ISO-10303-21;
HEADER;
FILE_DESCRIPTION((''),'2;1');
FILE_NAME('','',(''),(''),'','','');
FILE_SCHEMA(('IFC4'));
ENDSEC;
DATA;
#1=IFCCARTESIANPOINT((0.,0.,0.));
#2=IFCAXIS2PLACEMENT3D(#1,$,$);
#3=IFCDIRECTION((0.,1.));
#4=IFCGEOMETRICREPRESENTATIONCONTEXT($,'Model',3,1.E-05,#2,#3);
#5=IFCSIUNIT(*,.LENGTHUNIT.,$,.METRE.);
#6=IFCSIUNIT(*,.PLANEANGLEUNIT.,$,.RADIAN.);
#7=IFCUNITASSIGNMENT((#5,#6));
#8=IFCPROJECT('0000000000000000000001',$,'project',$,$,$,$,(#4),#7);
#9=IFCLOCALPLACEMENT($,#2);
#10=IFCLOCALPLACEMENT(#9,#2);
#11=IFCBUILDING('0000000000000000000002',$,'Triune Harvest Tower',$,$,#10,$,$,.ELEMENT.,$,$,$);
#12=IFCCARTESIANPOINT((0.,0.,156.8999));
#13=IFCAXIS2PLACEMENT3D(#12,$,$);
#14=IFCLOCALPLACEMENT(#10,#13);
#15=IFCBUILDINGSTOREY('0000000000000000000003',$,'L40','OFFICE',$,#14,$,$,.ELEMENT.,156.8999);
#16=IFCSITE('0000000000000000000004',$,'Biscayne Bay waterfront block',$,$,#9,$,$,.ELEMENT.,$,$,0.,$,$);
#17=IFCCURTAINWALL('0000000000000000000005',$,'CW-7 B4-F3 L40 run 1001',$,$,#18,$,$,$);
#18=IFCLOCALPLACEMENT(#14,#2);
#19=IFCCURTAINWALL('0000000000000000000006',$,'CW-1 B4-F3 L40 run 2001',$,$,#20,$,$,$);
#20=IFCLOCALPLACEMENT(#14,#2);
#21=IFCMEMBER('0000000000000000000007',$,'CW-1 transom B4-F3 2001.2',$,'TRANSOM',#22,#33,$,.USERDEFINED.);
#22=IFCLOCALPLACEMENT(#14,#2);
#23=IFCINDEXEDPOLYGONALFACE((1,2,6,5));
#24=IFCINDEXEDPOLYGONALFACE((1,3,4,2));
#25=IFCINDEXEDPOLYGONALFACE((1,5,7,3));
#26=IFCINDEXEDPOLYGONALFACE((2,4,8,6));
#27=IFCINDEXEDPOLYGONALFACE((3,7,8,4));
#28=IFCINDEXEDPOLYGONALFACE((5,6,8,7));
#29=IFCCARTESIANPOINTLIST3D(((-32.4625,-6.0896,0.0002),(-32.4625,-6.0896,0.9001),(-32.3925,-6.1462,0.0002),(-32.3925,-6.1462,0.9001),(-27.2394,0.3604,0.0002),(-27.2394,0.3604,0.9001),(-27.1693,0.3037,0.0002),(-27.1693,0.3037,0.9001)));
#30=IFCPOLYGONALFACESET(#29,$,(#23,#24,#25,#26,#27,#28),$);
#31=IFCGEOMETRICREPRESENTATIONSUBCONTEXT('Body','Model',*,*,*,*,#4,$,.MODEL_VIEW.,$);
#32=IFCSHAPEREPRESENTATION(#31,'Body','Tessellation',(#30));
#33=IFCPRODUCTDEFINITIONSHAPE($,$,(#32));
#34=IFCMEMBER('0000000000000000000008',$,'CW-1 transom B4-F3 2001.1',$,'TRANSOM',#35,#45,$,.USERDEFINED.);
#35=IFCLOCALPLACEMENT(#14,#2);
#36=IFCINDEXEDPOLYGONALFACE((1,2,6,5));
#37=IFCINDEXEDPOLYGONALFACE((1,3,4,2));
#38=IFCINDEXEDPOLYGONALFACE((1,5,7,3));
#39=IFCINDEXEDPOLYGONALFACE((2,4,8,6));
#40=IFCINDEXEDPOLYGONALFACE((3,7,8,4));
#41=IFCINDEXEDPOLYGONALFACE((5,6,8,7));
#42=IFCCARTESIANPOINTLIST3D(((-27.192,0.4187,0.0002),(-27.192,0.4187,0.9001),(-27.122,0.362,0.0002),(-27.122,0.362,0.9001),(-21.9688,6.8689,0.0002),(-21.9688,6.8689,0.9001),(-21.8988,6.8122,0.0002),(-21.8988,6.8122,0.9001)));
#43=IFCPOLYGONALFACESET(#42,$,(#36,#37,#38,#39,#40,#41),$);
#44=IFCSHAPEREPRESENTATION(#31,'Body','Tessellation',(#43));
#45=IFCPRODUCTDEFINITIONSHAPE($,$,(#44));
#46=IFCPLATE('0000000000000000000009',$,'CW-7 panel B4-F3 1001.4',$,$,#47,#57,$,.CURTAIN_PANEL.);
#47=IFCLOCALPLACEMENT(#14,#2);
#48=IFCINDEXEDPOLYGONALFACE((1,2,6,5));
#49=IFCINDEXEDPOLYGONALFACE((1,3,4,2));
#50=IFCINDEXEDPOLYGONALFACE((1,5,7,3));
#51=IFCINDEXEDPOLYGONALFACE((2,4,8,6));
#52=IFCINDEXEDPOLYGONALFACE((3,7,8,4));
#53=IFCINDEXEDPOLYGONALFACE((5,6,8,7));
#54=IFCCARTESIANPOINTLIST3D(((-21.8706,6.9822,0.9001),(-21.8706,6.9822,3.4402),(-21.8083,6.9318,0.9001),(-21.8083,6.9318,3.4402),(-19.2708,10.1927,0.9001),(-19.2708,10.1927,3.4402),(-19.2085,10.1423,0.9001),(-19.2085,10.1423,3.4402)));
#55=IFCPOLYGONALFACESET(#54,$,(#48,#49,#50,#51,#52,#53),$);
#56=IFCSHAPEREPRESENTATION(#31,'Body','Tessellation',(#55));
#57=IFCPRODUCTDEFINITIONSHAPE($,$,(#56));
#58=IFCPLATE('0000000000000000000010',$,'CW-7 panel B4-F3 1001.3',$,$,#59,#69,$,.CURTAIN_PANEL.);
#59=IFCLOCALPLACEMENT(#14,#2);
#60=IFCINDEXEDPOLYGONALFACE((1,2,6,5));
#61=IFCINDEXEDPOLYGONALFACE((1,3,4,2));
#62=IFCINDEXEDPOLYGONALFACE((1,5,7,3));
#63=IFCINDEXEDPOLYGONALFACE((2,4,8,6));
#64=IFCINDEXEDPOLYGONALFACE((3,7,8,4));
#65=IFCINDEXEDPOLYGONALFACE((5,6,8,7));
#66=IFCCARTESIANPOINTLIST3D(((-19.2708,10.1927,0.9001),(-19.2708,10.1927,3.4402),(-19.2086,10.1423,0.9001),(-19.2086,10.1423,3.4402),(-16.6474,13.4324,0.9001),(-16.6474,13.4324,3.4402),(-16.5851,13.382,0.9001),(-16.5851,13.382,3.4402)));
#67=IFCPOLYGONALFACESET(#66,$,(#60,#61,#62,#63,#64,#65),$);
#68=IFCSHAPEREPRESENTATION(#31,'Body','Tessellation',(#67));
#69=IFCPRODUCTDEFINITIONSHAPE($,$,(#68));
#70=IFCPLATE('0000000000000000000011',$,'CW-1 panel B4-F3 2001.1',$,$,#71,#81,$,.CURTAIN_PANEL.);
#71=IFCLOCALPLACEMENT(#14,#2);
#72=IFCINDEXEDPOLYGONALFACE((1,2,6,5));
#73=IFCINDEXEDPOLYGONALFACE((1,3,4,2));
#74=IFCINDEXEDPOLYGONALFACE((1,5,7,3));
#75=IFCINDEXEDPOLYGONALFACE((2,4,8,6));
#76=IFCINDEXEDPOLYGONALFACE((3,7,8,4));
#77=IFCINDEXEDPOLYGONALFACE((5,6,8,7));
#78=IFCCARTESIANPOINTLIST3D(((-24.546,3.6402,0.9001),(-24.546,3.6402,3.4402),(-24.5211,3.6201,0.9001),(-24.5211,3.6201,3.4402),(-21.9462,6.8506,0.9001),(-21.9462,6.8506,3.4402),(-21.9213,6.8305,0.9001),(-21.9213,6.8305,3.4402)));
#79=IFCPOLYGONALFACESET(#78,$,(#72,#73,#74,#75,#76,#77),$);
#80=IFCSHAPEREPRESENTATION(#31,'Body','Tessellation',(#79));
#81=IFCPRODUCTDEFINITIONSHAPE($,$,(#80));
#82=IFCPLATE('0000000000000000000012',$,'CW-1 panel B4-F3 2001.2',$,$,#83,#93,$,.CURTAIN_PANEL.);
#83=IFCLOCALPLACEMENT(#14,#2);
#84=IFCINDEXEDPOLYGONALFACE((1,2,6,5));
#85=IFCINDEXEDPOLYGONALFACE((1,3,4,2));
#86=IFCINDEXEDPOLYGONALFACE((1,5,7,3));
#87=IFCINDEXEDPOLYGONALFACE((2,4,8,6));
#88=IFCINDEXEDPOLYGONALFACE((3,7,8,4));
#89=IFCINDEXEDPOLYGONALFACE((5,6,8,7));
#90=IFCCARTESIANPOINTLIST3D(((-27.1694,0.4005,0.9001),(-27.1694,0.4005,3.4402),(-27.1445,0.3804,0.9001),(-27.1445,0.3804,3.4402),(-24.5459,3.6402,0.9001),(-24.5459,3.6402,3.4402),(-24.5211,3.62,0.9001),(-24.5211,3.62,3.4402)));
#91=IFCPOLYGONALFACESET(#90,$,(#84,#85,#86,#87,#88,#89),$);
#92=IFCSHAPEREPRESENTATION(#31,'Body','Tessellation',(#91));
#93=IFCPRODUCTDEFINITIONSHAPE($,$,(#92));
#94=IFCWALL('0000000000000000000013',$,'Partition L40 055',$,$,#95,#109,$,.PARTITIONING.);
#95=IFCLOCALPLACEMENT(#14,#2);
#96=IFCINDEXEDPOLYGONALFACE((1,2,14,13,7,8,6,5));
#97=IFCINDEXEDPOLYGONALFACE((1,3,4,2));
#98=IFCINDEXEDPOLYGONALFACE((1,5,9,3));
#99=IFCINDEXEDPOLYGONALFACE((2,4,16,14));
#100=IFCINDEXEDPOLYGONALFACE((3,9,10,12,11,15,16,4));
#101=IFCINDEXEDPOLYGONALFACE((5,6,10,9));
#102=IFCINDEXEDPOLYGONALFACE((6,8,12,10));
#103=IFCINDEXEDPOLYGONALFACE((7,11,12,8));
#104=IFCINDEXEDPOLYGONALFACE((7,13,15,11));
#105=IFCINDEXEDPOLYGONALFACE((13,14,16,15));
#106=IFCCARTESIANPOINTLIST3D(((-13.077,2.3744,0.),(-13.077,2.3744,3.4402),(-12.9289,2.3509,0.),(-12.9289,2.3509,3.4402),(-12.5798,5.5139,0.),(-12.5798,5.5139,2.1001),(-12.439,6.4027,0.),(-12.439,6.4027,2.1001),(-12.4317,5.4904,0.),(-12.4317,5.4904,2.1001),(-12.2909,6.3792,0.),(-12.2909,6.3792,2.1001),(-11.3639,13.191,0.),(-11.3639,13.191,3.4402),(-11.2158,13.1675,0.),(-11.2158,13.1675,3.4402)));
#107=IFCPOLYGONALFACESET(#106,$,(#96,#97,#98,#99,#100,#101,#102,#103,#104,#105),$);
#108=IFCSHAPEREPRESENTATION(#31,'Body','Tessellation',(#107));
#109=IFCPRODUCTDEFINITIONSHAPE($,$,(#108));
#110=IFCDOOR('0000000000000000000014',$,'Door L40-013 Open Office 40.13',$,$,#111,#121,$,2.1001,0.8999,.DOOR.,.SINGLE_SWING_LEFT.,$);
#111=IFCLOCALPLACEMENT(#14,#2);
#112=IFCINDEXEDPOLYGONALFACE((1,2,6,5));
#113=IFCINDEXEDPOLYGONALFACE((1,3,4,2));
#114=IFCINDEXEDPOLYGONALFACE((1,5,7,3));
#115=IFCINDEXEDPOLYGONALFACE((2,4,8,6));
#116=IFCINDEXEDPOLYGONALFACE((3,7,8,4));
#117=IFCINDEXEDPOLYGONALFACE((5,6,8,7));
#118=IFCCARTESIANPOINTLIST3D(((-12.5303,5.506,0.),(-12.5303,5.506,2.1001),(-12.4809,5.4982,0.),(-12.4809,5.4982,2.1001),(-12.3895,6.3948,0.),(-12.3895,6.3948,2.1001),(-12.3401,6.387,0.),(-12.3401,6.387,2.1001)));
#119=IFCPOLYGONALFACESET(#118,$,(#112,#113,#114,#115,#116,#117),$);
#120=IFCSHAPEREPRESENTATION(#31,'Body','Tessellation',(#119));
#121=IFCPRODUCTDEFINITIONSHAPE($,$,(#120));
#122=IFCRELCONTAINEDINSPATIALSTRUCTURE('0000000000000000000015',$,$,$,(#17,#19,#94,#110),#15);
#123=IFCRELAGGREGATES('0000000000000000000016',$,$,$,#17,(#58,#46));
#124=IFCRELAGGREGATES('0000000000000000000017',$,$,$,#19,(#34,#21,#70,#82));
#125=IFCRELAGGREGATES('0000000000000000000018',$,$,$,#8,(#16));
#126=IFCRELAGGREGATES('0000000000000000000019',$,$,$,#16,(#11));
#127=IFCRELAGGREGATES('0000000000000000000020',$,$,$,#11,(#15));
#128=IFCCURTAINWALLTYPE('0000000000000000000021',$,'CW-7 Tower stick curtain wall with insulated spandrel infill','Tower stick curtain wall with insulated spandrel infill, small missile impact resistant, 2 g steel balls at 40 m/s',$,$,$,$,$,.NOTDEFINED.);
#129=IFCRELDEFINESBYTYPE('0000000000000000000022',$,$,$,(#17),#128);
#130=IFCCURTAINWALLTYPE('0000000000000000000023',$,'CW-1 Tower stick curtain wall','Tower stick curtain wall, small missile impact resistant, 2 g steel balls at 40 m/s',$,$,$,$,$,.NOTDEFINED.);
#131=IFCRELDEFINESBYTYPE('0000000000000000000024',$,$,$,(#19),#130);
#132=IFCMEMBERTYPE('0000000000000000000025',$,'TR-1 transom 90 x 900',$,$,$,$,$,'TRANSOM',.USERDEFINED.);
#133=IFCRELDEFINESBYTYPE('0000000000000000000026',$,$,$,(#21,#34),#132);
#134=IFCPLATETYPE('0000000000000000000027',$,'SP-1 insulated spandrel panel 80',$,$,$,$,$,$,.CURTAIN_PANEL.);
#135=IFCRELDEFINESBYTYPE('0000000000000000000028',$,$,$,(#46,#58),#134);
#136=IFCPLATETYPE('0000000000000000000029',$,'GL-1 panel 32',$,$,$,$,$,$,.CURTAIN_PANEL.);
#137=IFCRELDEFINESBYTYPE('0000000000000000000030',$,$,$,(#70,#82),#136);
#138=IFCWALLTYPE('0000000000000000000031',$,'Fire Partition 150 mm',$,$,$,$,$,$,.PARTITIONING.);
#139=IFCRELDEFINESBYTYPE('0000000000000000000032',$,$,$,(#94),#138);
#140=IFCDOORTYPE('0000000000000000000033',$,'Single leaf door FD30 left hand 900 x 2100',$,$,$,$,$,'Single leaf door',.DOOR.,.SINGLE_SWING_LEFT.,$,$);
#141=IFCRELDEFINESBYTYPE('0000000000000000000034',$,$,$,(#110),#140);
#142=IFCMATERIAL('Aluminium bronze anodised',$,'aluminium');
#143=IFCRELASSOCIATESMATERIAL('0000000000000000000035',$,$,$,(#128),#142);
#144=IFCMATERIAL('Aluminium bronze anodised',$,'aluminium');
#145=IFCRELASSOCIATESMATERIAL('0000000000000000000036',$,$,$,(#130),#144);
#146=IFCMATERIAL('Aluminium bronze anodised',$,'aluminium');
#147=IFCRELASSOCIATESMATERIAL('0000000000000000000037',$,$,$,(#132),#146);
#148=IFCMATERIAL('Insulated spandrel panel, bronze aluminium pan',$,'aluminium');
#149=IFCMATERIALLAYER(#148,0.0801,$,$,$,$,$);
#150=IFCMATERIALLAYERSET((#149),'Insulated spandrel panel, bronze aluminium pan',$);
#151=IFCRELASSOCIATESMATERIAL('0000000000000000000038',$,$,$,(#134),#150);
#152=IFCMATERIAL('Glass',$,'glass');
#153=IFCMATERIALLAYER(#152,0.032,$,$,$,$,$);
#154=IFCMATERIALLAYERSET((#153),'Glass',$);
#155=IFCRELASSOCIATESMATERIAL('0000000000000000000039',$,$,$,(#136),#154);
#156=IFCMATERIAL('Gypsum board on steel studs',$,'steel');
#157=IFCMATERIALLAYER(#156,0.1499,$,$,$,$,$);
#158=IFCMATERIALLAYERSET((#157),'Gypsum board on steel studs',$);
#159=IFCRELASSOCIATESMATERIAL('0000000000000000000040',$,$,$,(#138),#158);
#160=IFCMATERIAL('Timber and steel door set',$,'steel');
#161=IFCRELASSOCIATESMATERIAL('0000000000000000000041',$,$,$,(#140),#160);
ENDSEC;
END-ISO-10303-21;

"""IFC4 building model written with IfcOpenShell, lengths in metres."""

from ifc_helpers import new_model, si_unit, direction, frame, frame_2d, origin, origin_2d, place, context, subcontext, project, spatial, rectangle, extrude, source, transform, mapped, material, layer, layer_set, material_profile, profile_set, type_object, element, fill, aggregate, save


model = new_model("IFC4")

# Units and contexts
model_context = context("Model", 3, precision=1e-05, world=origin(), true_north=direction((0.0, 1.0)))
body_context = subcontext(model_context, "Body", "Model", "MODEL_VIEW")
ifc_project = project(units=[si_unit("LENGTHUNIT", "METRE"), si_unit("PLANEANGLEUNIT", "RADIAN")], contexts=[model_context])

# Site, building, storey
site_placement = place(None, origin())
site = spatial("IfcSite", under=ifc_project, at=site_placement, Name="Biscayne Bay waterfront block", CompositionType="ELEMENT", RefElevation=0.0)
building_placement = place(site_placement, origin())
building = spatial("IfcBuilding", under=site, at=building_placement, Name="Triune Harvest Tower", CompositionType="ELEMENT")
storey_placement = place(building_placement, frame((0.0, 0.0, 156.8999)))
storey = spatial("IfcBuildingStorey", under=building, at=storey_placement, Name="L40", Description="OFFICE", CompositionType="ELEMENT", Elevation=156.8999)

# Curtain wall
ifc_material_1 = material(Name="Aluminium bronze anodised", Category="aluminium")
curtain_wall_type_1 = type_object("IfcCurtainWallType", Name="CW-7 Tower stick curtain wall with insulated spandrel infill", Description="Tower stick curtain wall with insulated spandrel infill, small missile impact resistant, 2 g steel balls at 40 m/s", PredefinedType="NOTDEFINED", material=ifc_material_1)
curtain_wall_1_placement = place(storey_placement, origin())
curtain_wall_1 = element("IfcCurtainWall", 1, at=curtain_wall_1_placement, inside=storey, type_object=curtain_wall_type_1, Name="CW-7 B4-F3 L40 run 1001")

# Curtain wall, members
ifc_material_2 = material(Name="Aluminium bronze anodised", Category="aluminium")
curtain_wall_type_2 = type_object("IfcCurtainWallType", Name="CW-1 Tower stick curtain wall", Description="Tower stick curtain wall, small missile impact resistant, 2 g steel balls at 40 m/s", PredefinedType="NOTDEFINED", material=ifc_material_2)
curtain_wall_2_placement = place(storey_placement, origin())
curtain_wall_2 = element("IfcCurtainWall", 2, at=curtain_wall_2_placement, inside=storey, type_object=curtain_wall_type_2, Name="CW-1 B4-F3 L40 run 2001")
ifc_material_3 = material(Name="Aluminium bronze anodised", Category="aluminium")
ifc_material_profile_1 = material_profile(ifc_material_3, rectangle(XDim=0.0901, YDim=0.8999, at=origin_2d()), Name="TR-1 transom 90 x 900")
ifc_profile_set_1 = profile_set([ifc_material_profile_1], Name="Aluminium bronze anodised")
member_type_1 = type_object("IfcMemberType", Name="TR-1 transom 90 x 900", ElementType="TRANSOM", PredefinedType="USERDEFINED", material=ifc_profile_set_1)
shared_shape_1 = source(origin(), body_context, "Body", "SweptSolid", [
    extrude(rectangle(XDim=0.0901, YDim=0.8999, at=origin_2d()), origin(), (0.0, 0.0, 1.0), 8.2996),
])
member_1_placement = place(storey_placement, frame((-27.2043, 0.332, 0.4502), z_axis=(-0.629326, -0.777141, 0.0), x_axis=(0.777141, -0.629326, 0.0)))
member_1 = element("IfcMember", 3, at=member_1_placement, type_object=member_type_1, Name="CW-1 transom B4-F3 2001.2", ObjectType="TRANSOM", PredefinedType="USERDEFINED", context=body_context, shape_type="MappedRepresentation", body=[
    mapped(shared_shape_1, transform((0.0, 0.0, 0.0), scale=1.0)),
])
shared_shape_2 = source(origin(), body_context, "Body", "SweptSolid", [
    extrude(rectangle(XDim=0.0901, YDim=0.8999, at=origin_2d()), origin(), (0.0, 0.0, 1.0), 8.2998),
])
member_2_placement = place(storey_placement, frame((-21.9338, 6.8406, 0.4502), z_axis=(-0.629312, -0.777153, 0.0), x_axis=(0.777153, -0.629312, 0.0)))
member_2 = element("IfcMember", 4, at=member_2_placement, type_object=member_type_1, Name="CW-1 transom B4-F3 2001.1", ObjectType="TRANSOM", PredefinedType="USERDEFINED", context=body_context, shape_type="MappedRepresentation", body=[
    mapped(shared_shape_2, transform((0.0, 0.0, 0.0), scale=1.0)),
])

# Plates
ifc_material_4 = material(Name="Insulated spandrel panel, bronze aluminium pan", Category="aluminium")
ifc_layer_1 = layer(ifc_material_4, 0.0801)
ifc_layer_set_1 = layer_set([ifc_layer_1], Name="Insulated spandrel panel, bronze aluminium pan")
plate_type_1 = type_object("IfcPlateType", Name="SP-1 insulated spandrel panel 80", PredefinedType="CURTAIN_PANEL", material=ifc_layer_set_1)
shared_shape_3 = source(origin(), body_context, "Body", "SweptSolid", [
    extrude(rectangle(XDim=4.1311, YDim=0.0801, at=origin_2d()), origin(), (0.0, 0.0, 1.0), 2.54),
])
plate_1_placement = place(storey_placement, frame((-20.5396, 8.5623, 0.9001), z_axis=(0.0, 0.0, 1.0), x_axis=(-0.629317, -0.777149, 0.0)))
plate_1 = element("IfcPlate", 5, at=plate_1_placement, type_object=plate_type_1, Name="CW-7 panel B4-F3 1001.4", PredefinedType="CURTAIN_PANEL", context=body_context, shape_type="MappedRepresentation", body=[
    mapped(shared_shape_3, transform((0.0, 0.0, 0.0), scale=1.0)),
])
shared_shape_4 = source(origin(), body_context, "Body", "SweptSolid", [
    extrude(rectangle(XDim=4.1687, YDim=0.0801, at=origin_2d()), origin(), (0.0, 0.0, 1.0), 2.54),
])
plate_2_placement = place(storey_placement, frame((-17.928, 11.7874, 0.9001), z_axis=(0.0, 0.0, 1.0), x_axis=(-0.629317, -0.777149, 0.0)))
plate_2 = element("IfcPlate", 6, at=plate_2_placement, type_object=plate_type_1, Name="CW-7 panel B4-F3 1001.3", PredefinedType="CURTAIN_PANEL", context=body_context, shape_type="MappedRepresentation", body=[
    mapped(shared_shape_4, transform((0.0, 0.0, 0.0), scale=1.0)),
])
aggregate(curtain_wall_1, [plate_2, plate_1])
ifc_material_5 = material(Name="Glass", Category="glass")
ifc_layer_2 = layer(ifc_material_5, 0.032)
ifc_layer_set_2 = layer_set([ifc_layer_2], Name="Glass")
plate_type_2 = type_object("IfcPlateType", Name="GL-1 panel 32", PredefinedType="CURTAIN_PANEL", material=ifc_layer_set_2)
shared_shape_5 = source(origin(), body_context, "Body", "SweptSolid", [
    extrude(rectangle(XDim=4.1311, YDim=0.032, at=origin_2d()), origin(), (0.0, 0.0, 1.0), 2.54),
])
plate_3_placement = place(storey_placement, frame((-23.2336, 5.2354, 0.9001), z_axis=(0.0, 0.0, 1.0), x_axis=(-0.629324, -0.777143, 0.0)))
plate_3 = element("IfcPlate", 7, at=plate_3_placement, type_object=plate_type_2, Name="CW-1 panel B4-F3 2001.1", PredefinedType="CURTAIN_PANEL", context=body_context, shape_type="MappedRepresentation", body=[
    mapped(shared_shape_5, transform((0.0, 0.0, 0.0), scale=1.0)),
])
shared_shape_6 = source(origin(), body_context, "Body", "SweptSolid", [
    extrude(rectangle(XDim=4.1687, YDim=0.032, at=origin_2d()), origin(), (0.0, 0.0, 1.0), 2.54),
])
plate_4_placement = place(storey_placement, frame((-25.8452, 2.0103, 0.9001), z_axis=(0.0, 0.0, 1.0), x_axis=(-0.629324, -0.777143, 0.0)))
plate_4 = element("IfcPlate", 8, at=plate_4_placement, type_object=plate_type_2, Name="CW-1 panel B4-F3 2001.2", PredefinedType="CURTAIN_PANEL", context=body_context, shape_type="MappedRepresentation", body=[
    mapped(shared_shape_6, transform((0.0, 0.0, 0.0), scale=1.0)),
])
aggregate(curtain_wall_2, [member_2, member_1, plate_3, plate_4])

# Wall, opening, door
ifc_material_6 = material(Name="Gypsum board on steel studs", Category="steel")
ifc_layer_3 = layer(ifc_material_6, 0.1499)
ifc_layer_set_3 = layer_set([ifc_layer_3], Name="Gypsum board on steel studs")
wall_type_1 = type_object("IfcWallType", Name="Fire Partition 150 mm", PredefinedType="PARTITIONING", material=ifc_layer_set_3)
wall_1_placement = place(storey_placement, frame((-13.0029, 2.3628, 0.0), z_axis=(0.0, 0.0, 1.0), x_axis=(0.15643, 0.987689, 0.0)))
wall_1 = element("IfcWall", 9, at=wall_1_placement, inside=storey, type_object=wall_type_1, Name="Partition L40 055", PredefinedType="PARTITIONING", context=body_context, shape_type="SweptSolid", body=[
    extrude(rectangle(XDim=10.9514, YDim=0.1499, at=frame_2d((5.4756, 0.0))), origin(), (0.0, 0.0, 1.0), 3.4402),
])
opening_1_placement = place(wall_1_placement, frame((3.1785, 0.0, 0.0)))
opening_1 = element("IfcOpeningElement", 10, at=opening_1_placement, cuts=wall_1, PredefinedType="OPENING", context=body_context, shape_type="SweptSolid", body=[
    extrude(rectangle(XDim=0.8999, YDim=2.1001, at=frame_2d((0.45, 1.05))), frame((0.0, 0.085, 0.0), z_axis=(0.0, -1.0, 0.0), x_axis=(1.0, 0.0, 0.0)), (0.0, 0.0, 1.0), 0.1699),
])
ifc_material_7 = material(Name="Timber and steel door set", Category="steel")
door_type_1 = type_object("IfcDoorType", Name="Single leaf door FD30 left hand 900 x 2100", ElementType="Single leaf door", OperationType="SINGLE_SWING_LEFT", PredefinedType="DOOR", material=ifc_material_7)
door_1_placement = place(opening_1_placement, origin())
door_1 = element("IfcDoor", 11, at=door_1_placement, inside=storey, type_object=door_type_1, Name="Door L40-013 Open Office 40.13", OperationType="SINGLE_SWING_LEFT", OverallHeight=2.1001, OverallWidth=0.8999, PredefinedType="DOOR", context=body_context, shape_type="SweptSolid", body=[
    extrude(rectangle(XDim=0.8999, YDim=2.1001, at=frame_2d((0.45, 1.05))), frame((0.0, 0.0249, 0.0), z_axis=(0.0, -1.0, 0.0), x_axis=(1.0, 0.0, 0.0)), (0.0, 0.0, 1.0), 0.05),
])
fill(opening_1, door_1)

save(model, "model.ifc")
